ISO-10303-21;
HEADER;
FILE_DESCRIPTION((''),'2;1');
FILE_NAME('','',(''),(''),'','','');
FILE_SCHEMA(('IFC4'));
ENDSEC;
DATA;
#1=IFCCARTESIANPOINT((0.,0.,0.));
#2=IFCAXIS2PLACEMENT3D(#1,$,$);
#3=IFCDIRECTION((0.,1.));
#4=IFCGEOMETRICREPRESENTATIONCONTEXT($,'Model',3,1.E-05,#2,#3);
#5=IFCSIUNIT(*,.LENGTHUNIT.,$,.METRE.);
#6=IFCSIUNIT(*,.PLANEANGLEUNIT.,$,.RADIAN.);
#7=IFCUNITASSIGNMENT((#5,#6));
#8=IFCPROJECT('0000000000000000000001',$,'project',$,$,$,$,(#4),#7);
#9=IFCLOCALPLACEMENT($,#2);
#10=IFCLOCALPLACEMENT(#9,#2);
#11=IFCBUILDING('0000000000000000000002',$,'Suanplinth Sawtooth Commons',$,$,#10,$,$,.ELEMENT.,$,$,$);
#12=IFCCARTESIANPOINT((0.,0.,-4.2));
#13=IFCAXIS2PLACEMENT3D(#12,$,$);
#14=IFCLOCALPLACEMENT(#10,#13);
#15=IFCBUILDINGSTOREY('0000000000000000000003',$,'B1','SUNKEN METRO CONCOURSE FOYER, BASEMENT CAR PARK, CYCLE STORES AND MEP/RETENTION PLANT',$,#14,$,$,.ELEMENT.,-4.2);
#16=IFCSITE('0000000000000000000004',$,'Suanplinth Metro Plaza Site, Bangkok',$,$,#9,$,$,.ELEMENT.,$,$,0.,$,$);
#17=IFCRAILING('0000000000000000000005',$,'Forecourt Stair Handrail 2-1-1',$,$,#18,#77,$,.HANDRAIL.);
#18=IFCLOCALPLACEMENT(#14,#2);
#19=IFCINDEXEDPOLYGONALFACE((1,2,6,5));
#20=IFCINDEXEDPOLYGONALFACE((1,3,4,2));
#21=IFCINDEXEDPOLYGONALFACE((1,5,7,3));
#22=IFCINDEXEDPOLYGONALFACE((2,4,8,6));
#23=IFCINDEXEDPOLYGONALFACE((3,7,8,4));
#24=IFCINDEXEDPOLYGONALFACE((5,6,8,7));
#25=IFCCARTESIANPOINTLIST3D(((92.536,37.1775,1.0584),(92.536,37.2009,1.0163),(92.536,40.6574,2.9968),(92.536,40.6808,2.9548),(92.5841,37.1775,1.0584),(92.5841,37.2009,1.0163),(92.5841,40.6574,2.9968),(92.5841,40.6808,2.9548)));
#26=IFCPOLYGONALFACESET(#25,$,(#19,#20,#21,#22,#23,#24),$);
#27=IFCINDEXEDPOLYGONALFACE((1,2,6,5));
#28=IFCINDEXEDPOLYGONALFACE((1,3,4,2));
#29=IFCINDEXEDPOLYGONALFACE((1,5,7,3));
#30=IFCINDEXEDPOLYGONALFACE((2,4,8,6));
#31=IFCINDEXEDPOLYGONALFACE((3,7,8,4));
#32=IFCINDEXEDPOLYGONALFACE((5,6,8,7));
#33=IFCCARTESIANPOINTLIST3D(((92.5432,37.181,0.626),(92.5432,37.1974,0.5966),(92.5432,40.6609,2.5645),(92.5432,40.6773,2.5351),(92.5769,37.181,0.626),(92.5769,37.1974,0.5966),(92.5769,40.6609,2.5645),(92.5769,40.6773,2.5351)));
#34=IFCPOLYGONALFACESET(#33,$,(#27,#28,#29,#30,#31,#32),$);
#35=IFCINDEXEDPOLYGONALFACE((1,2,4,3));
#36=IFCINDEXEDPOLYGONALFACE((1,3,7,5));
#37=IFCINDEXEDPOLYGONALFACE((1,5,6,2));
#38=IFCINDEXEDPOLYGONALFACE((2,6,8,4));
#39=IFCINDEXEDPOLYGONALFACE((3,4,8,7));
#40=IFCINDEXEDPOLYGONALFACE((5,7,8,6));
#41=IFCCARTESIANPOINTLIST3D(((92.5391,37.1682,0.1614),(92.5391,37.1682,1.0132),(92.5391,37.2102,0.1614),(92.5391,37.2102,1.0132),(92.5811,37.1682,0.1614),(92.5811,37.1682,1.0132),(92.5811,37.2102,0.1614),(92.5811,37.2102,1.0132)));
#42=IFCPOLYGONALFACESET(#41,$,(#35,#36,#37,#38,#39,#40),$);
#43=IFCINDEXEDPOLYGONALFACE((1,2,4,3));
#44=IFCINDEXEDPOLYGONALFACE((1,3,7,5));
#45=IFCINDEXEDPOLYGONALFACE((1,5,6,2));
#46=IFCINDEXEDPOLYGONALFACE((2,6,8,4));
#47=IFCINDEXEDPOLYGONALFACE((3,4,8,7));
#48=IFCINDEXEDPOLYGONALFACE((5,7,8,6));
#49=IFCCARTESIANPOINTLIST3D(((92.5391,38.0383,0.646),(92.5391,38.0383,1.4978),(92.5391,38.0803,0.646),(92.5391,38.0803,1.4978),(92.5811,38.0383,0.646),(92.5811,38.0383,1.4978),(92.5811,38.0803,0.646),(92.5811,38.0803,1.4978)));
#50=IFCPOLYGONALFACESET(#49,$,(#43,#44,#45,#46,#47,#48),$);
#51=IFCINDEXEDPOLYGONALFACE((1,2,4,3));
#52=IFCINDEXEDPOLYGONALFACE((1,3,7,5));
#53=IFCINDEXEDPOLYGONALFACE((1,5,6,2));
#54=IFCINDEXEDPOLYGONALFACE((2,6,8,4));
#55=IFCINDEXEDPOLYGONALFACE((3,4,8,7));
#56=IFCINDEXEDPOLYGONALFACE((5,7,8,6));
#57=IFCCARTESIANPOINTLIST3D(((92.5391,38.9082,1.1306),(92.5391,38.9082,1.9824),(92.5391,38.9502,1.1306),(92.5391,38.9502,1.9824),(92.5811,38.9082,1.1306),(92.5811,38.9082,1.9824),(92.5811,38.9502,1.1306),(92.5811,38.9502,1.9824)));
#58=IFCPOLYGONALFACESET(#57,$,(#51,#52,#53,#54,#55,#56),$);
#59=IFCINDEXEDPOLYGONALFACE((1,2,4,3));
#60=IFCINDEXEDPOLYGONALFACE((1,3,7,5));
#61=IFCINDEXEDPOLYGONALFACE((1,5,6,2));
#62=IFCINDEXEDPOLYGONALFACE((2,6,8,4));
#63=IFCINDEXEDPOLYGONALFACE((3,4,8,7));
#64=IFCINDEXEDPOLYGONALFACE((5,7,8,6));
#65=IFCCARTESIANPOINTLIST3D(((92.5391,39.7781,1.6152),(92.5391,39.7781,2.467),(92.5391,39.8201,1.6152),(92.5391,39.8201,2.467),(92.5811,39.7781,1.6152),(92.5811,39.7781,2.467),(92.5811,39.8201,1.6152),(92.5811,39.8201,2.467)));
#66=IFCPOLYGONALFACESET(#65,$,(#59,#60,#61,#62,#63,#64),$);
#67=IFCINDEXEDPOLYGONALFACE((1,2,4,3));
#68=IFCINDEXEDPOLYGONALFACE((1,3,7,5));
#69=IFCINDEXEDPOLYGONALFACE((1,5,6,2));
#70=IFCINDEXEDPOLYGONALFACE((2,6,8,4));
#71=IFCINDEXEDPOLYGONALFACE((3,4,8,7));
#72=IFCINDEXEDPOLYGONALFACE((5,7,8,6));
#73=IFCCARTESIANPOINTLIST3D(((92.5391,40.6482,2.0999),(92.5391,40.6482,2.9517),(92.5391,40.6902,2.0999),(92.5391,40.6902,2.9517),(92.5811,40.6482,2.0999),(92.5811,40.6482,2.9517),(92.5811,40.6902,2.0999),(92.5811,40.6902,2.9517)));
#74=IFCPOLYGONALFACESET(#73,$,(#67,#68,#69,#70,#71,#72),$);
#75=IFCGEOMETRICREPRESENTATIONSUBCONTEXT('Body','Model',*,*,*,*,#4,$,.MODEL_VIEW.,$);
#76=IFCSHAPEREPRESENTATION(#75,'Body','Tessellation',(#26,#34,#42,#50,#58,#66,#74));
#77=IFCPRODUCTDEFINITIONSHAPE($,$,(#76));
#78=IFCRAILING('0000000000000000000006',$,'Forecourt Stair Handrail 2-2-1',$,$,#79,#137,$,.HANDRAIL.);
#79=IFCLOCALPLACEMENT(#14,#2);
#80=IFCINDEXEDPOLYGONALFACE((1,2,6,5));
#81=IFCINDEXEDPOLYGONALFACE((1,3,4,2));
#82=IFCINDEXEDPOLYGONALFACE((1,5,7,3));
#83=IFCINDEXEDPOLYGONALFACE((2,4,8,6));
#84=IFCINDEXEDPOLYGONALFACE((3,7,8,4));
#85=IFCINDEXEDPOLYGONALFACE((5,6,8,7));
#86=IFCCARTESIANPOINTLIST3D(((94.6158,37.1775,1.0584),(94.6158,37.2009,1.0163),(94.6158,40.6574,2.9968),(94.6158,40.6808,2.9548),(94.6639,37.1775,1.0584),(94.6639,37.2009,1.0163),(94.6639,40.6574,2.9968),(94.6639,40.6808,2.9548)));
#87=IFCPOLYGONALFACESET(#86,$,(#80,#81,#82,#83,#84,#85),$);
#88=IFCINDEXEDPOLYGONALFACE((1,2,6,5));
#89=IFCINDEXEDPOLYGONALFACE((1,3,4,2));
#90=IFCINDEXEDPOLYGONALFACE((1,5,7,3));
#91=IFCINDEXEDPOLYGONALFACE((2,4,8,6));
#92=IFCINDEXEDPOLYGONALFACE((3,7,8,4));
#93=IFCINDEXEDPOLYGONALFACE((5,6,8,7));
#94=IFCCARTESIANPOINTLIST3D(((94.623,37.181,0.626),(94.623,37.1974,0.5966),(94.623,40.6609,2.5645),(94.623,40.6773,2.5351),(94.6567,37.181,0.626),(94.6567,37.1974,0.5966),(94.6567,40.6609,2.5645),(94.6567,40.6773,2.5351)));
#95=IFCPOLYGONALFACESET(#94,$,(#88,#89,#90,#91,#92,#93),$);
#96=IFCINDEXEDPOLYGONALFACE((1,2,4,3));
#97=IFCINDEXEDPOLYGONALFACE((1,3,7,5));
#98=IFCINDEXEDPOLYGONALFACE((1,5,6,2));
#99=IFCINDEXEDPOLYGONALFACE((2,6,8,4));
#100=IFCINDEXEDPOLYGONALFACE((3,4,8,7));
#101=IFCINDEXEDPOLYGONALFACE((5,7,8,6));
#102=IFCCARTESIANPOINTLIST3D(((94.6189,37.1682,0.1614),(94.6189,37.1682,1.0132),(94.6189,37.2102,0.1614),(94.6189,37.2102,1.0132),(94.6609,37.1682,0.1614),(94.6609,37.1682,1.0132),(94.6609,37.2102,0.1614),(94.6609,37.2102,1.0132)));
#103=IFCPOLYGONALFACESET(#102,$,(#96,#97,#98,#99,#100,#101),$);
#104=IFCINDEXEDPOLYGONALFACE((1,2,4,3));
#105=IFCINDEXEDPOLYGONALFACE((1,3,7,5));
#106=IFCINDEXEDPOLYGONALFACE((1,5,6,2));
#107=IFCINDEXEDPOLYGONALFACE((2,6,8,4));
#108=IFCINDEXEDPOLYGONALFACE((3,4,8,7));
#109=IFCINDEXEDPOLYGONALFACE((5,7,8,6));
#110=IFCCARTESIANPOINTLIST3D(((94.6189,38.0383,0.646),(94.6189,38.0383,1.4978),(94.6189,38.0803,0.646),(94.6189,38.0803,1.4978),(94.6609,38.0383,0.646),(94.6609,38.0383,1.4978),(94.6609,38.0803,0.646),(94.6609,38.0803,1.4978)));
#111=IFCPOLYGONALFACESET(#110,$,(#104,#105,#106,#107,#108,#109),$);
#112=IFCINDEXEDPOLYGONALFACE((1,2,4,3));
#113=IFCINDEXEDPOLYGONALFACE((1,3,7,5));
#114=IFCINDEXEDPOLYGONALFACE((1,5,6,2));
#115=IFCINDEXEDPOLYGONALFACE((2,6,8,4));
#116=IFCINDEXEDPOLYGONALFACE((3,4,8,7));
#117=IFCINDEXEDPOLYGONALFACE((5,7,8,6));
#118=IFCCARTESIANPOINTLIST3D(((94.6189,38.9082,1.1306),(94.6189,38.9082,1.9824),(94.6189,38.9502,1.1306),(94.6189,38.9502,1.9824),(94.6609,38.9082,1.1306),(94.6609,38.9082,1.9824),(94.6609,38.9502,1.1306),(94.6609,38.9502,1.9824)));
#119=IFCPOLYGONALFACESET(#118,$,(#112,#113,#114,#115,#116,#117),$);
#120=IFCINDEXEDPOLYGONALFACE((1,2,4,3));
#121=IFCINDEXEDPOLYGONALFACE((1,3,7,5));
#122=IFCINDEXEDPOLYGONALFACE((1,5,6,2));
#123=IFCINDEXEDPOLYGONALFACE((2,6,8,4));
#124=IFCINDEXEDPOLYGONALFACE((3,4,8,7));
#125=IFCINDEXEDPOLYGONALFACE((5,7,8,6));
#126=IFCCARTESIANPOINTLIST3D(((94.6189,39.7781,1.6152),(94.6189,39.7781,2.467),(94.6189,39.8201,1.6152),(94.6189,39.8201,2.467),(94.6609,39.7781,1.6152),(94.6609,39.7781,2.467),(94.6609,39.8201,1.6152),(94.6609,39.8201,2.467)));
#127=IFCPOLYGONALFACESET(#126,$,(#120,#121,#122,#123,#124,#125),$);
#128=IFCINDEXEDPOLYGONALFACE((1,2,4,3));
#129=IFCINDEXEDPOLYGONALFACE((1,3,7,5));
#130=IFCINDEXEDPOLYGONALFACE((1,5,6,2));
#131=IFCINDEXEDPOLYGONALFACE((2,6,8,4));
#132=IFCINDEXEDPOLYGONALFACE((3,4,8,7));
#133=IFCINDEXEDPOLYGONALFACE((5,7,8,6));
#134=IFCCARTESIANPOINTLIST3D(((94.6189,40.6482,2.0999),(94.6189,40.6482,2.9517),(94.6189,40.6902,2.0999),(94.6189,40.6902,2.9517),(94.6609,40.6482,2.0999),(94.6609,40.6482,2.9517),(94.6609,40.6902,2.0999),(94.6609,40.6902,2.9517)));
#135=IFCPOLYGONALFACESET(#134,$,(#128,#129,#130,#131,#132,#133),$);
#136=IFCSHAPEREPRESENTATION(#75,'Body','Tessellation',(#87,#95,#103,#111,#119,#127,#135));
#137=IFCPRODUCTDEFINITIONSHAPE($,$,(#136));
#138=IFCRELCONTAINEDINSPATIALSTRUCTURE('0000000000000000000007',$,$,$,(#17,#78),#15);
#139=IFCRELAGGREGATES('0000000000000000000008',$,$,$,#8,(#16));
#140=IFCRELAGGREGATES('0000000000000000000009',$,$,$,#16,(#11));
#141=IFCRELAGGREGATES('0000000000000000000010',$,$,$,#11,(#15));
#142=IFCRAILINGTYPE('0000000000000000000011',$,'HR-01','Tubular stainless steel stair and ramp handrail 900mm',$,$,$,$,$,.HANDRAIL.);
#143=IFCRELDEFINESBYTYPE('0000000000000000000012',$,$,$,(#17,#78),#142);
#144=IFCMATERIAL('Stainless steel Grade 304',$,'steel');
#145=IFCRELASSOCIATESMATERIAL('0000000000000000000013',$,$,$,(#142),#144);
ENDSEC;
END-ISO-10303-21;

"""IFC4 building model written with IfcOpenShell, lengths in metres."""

from ifc_helpers import new_model, si_unit, direction, frame, origin, origin_2d, place, context, subcontext, project, spatial, rectangle, extrude, material, type_object, element, save


model = new_model("IFC4")

# Units and contexts
model_context = context("Model", 3, precision=1e-05, world=origin(), true_north=direction((0.0, 1.0)))
body_context = subcontext(model_context, "Body", "Model", "MODEL_VIEW")
ifc_project = project(units=[si_unit("LENGTHUNIT", "METRE"), si_unit("PLANEANGLEUNIT", "RADIAN")], contexts=[model_context])

# Site, building, storey
site_placement = place(None, origin())
site = spatial("IfcSite", under=ifc_project, at=site_placement, Name="Suanplinth Metro Plaza Site, Bangkok", CompositionType="ELEMENT", RefElevation=0.0)
building_placement = place(site_placement, origin())
building = spatial("IfcBuilding", under=site, at=building_placement, Name="Suanplinth Sawtooth Commons", CompositionType="ELEMENT")
storey_placement = place(building_placement, frame((0.0, 0.0, -4.2)))
storey = spatial("IfcBuildingStorey", under=building, at=storey_placement, Name="B1", Description="SUNKEN METRO CONCOURSE FOYER, BASEMENT CAR PARK, CYCLE STORES AND MEP/RETENTION PLANT", CompositionType="ELEMENT", Elevation=-4.2)

# Railings
ifc_material_1 = material(Name="Stainless steel Grade 304", Category="steel")
railing_type_1 = type_object("IfcRailingType", Name="HR-01", Description="Tubular stainless steel stair and ramp handrail 900mm", PredefinedType="HANDRAIL", material=ifc_material_1)
for number, where, name in (
    (1, (92.5601, 37.1892, 0.1614), "Forecourt Stair Handrail 2-1-1"),
    (2, (94.6399, 37.1892, 0.1614), "Forecourt Stair Handrail 2-2-1"),
):
    element("IfcRailing", number, at=place(storey_placement, frame(where)), inside=storey, type_object=railing_type_1, Name=name, PredefinedType="HANDRAIL", context=body_context, shape_type="SweptSolid", body=[
        extrude(rectangle(XDim=0.0481, YDim=0.0481, at=origin_2d()), frame((0.0, 0.0, 0.876), z_axis=(0.0, 0.873607, 0.486631), x_axis=(-1.0, 0.0, 0.0)), (0.0, 0.0, 1.0), 3.9834),
        extrude(rectangle(XDim=0.0337, YDim=0.0337, at=origin_2d()), frame((0.0, 0.0, 0.45), z_axis=(0.0, 0.873607, 0.486631), x_axis=(-1.0, 0.0, 0.0)), (0.0, 0.0, 1.0), 3.9834),
        extrude(rectangle(XDim=0.042, YDim=0.042, at=origin_2d()), origin(), (0.0, 0.0, 1.0), 0.8518),
        extrude(rectangle(XDim=0.042, YDim=0.042, at=origin_2d()), frame((0.0, 0.8701, 0.4846)), (0.0, 0.0, 1.0), 0.8518),
        extrude(rectangle(XDim=0.042, YDim=0.042, at=origin_2d()), frame((0.0, 1.74, 0.9692)), (0.0, 0.0, 1.0), 0.8518),
        extrude(rectangle(XDim=0.042, YDim=0.042, at=origin_2d()), frame((0.0, 2.6099, 1.4539)), (0.0, 0.0, 1.0), 0.8518),
        extrude(rectangle(XDim=0.042, YDim=0.042, at=origin_2d()), frame((0.0, 3.48, 1.9385)), (0.0, 0.0, 1.0), 0.8518),
    ])

save(model, "model.ifc")
